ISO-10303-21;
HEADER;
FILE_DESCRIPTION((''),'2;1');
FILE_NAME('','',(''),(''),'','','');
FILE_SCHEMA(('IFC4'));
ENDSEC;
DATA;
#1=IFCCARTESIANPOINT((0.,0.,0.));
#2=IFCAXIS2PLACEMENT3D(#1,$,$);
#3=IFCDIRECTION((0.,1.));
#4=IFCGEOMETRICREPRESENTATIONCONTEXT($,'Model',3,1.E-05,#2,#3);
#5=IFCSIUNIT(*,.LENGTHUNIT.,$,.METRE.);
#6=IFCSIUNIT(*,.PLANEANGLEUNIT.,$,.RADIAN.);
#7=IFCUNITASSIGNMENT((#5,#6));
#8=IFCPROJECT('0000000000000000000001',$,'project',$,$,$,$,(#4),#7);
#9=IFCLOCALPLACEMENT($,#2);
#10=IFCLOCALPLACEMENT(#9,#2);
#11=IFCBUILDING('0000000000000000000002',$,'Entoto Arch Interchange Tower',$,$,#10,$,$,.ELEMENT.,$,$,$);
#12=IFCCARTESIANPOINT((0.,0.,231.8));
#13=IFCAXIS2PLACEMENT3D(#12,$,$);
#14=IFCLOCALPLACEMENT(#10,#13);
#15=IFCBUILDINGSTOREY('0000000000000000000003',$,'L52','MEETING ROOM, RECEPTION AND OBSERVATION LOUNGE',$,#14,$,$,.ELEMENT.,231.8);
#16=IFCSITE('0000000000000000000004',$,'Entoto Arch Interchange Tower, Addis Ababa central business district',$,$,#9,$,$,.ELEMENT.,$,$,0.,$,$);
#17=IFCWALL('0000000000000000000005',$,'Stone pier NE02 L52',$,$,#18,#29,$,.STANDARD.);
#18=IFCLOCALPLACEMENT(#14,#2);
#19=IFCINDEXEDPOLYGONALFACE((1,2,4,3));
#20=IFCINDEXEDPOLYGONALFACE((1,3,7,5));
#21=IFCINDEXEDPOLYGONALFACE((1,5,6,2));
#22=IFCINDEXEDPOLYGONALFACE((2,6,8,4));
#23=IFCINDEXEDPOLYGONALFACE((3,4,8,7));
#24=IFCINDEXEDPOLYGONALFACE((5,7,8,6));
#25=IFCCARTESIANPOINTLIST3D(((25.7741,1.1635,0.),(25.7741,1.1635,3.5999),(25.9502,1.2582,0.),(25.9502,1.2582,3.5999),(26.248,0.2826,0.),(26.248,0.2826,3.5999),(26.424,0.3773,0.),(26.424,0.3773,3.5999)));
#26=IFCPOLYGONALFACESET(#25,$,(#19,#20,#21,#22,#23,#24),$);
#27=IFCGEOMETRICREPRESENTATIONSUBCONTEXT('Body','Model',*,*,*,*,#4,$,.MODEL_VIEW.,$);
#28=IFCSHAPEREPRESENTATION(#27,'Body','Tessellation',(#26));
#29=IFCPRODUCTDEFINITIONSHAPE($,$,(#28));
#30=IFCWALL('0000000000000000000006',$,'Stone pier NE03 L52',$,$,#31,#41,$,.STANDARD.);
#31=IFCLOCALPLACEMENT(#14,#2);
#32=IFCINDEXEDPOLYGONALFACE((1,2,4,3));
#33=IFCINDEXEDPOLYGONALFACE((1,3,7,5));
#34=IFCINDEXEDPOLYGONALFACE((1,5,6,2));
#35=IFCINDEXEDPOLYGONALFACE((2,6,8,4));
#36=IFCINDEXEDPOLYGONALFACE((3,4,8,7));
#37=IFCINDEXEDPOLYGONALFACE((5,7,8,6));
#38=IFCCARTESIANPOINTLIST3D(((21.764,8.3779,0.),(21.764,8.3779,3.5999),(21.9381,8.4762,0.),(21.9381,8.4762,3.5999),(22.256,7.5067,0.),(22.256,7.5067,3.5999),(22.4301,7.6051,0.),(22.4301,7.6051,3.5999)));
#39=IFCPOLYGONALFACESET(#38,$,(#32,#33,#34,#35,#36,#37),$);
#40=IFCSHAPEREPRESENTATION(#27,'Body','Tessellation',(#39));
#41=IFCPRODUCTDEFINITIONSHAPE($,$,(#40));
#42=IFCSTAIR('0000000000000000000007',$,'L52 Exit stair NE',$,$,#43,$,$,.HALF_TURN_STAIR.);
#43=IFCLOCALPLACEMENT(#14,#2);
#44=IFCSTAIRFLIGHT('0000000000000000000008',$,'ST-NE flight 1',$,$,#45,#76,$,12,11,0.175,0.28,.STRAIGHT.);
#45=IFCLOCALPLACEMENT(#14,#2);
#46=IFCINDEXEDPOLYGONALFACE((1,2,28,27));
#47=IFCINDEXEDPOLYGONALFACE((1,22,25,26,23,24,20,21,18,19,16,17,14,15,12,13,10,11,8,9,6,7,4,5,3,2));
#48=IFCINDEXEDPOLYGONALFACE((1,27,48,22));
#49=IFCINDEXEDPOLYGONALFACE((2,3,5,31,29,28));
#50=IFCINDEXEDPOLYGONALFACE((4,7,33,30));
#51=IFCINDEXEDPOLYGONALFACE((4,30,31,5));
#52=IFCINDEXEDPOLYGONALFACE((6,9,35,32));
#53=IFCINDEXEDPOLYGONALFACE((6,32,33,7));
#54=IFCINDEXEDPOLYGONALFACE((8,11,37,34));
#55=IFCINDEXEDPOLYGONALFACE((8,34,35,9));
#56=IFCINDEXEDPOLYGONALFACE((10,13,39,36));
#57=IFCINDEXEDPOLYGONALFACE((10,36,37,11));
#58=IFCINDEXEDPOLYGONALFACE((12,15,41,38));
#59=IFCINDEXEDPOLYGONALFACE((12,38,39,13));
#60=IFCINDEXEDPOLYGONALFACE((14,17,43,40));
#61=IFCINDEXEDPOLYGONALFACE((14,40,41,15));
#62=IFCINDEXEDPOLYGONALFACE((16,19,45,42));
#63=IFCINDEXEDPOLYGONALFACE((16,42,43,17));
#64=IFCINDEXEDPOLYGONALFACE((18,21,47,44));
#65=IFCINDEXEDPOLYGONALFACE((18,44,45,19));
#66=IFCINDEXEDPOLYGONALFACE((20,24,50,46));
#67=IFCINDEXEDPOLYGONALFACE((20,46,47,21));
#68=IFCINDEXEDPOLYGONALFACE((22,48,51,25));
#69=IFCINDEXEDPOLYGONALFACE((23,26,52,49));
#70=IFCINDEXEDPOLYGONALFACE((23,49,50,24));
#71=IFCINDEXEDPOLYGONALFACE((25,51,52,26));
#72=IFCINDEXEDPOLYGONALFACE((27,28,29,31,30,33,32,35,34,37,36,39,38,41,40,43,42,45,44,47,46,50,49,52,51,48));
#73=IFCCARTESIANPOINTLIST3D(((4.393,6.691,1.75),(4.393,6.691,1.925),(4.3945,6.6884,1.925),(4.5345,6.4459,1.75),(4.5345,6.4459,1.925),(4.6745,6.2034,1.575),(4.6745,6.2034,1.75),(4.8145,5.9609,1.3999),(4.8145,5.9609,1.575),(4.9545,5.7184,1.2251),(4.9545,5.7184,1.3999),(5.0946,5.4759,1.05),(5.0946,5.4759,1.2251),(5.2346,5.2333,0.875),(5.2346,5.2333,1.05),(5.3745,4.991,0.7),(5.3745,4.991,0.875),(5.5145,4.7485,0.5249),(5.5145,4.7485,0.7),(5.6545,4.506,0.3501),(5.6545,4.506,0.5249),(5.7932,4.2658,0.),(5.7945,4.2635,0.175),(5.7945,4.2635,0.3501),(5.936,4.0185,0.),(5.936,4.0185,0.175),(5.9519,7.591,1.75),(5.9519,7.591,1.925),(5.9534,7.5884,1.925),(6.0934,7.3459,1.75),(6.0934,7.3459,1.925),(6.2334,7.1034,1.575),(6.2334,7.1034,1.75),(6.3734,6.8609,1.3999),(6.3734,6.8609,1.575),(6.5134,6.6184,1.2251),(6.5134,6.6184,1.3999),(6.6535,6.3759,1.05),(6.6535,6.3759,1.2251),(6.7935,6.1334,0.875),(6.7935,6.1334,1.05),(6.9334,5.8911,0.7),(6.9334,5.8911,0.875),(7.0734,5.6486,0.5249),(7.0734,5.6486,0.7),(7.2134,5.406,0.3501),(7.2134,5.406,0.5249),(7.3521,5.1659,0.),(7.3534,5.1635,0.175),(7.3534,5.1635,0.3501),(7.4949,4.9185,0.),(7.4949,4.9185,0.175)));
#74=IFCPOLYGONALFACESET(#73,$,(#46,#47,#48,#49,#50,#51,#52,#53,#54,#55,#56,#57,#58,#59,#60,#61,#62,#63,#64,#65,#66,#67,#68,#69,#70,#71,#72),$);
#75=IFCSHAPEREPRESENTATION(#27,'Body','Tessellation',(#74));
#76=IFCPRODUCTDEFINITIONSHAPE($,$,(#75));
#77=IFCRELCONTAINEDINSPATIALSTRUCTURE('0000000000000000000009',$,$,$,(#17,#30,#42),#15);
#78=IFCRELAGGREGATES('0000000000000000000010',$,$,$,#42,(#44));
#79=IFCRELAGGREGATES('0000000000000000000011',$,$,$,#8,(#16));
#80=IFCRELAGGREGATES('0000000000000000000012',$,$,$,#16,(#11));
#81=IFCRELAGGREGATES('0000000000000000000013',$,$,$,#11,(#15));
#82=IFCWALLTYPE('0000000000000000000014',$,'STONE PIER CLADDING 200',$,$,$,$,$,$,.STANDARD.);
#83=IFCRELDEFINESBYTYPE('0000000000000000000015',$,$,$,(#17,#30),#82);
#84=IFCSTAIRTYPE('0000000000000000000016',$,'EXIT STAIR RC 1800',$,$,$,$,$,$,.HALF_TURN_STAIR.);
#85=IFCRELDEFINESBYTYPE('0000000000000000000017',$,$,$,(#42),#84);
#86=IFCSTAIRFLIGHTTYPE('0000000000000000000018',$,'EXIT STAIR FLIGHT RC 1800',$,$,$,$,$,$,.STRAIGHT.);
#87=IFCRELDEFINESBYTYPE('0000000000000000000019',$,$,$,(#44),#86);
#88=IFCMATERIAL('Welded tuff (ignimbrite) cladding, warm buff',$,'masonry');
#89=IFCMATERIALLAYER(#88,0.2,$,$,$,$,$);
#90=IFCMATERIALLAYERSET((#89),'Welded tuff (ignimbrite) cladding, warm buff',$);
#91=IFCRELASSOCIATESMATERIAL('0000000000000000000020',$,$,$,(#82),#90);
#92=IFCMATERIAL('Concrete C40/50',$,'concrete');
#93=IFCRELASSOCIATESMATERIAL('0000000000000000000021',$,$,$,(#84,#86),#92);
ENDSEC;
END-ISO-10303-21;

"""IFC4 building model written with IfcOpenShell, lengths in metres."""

from ifc_helpers import new_model, si_unit, direction, frame, frame_2d, origin, place, context, subcontext, project, spatial, polyline, rectangle, outline, extrude, material, layer, layer_set, type_object, element, aggregate, save


model = new_model("IFC4")

# Units and contexts
model_context = context("Model", 3, precision=1e-05, world=origin(), true_north=direction((0.0, 1.0)))
body_context = subcontext(model_context, "Body", "Model", "MODEL_VIEW")
ifc_project = project(units=[si_unit("LENGTHUNIT", "METRE"), si_unit("PLANEANGLEUNIT", "RADIAN")], contexts=[model_context])

# Site, building, storey
site_placement = place(None, origin())
site = spatial("IfcSite", under=ifc_project, at=site_placement, Name="Entoto Arch Interchange Tower, Addis Ababa central business district", CompositionType="ELEMENT", RefElevation=0.0)
building_placement = place(site_placement, origin())
building = spatial("IfcBuilding", under=site, at=building_placement, Name="Entoto Arch Interchange Tower", CompositionType="ELEMENT")
storey_placement = place(building_placement, frame((0.0, 0.0, 231.8)))
storey = spatial("IfcBuildingStorey", under=building, at=storey_placement, Name="L52", Description="MEETING ROOM, RECEPTION AND OBSERVATION LOUNGE", CompositionType="ELEMENT", Elevation=231.8)

# Shared definitions
ifc_material_1 = material(Name="Concrete C40/50", Category="concrete")

# Shared definitions
ifc_material_2 = material(Name="Welded tuff (ignimbrite) cladding, warm buff", Category="masonry")

# Walls
ifc_layer_1 = layer(ifc_material_2, 0.2)
ifc_layer_set_1 = layer_set([ifc_layer_1], Name="Welded tuff (ignimbrite) cladding, warm buff")
wall_type_1 = type_object("IfcWallType", Name="STONE PIER CLADDING 200", PredefinedType="STANDARD", material=ifc_layer_set_1)
wall_1_placement = place(storey_placement, frame((26.3359, 0.3301, 0.0), z_axis=(0.0, 0.0, 1.0), x_axis=(-0.473765, 0.880651, 0.0)))
element("IfcWall", 1, at=wall_1_placement, inside=storey, type_object=wall_type_1, Name="Stone pier NE02 L52", PredefinedType="STANDARD", context=body_context, shape_type="SweptSolid", body=[
    extrude(rectangle(XDim=1.0002, YDim=0.2, at=frame_2d((0.5, 0.0))), origin(), (0.0, 0.0, 1.0), 3.5999),
])
wall_2_placement = place(storey_placement, frame((22.343, 7.5559, 0.0), z_axis=(0.0, 0.0, 1.0), x_axis=(-0.491744, 0.87074, 0.0)))
element("IfcWall", 2, at=wall_2_placement, inside=storey, type_object=wall_type_1, Name="Stone pier NE03 L52", PredefinedType="STANDARD", context=body_context, shape_type="SweptSolid", body=[
    extrude(rectangle(XDim=1.0005, YDim=0.2, at=frame_2d((0.5002, 0.0))), origin(), (0.0, 0.0, 1.0), 3.5999),
])

# Stair, stair flight
stair_type = type_object("IfcStairType", Name="EXIT STAIR RC 1800", PredefinedType="HALF_TURN_STAIR", material=ifc_material_1)
stair_placement = place(storey_placement, origin())
stair = element("IfcStair", 3, at=stair_placement, inside=storey, type_object=stair_type, Name="L52 Exit stair NE", PredefinedType="HALF_TURN_STAIR")
stair_flight_type = type_object("IfcStairFlightType", Name="EXIT STAIR FLIGHT RC 1800", PredefinedType="STRAIGHT", material=ifc_material_1)
stair_flight_placement = place(storey_placement, frame((6.7139, 4.4709, 0.0), z_axis=(0.0, 0.0, 1.0), x_axis=(-0.5, 0.866025, 0.0)))
stair_flight = element("IfcStairFlight", 4, at=stair_flight_placement, type_object=stair_flight_type, Name="ST-NE flight 1", NumberOfRisers=12, NumberOfTreads=11, PredefinedType="STRAIGHT", RiserHeight=0.175, TreadLength=0.28, context=body_context, shape_type="SweptSolid", body=[
    extrude(outline(polyline([(-0.0029, 0.0), (-0.0029, 0.175), (0.28, 0.175), (0.28, 0.3501), (0.5601, 0.3501), (0.5601, 0.5249), (0.8401, 0.5249), (0.8401, 0.7), (1.1201, 0.7), (1.1201, 0.875), (1.3999, 0.875), (1.3999, 1.05), (1.6799, 1.05), (1.6799, 1.2251), (1.96, 1.2251), (1.96, 1.3999), (2.24, 1.3999), (2.24, 1.575), (2.52, 1.575), (2.52, 1.75), (2.8, 1.75), (2.8, 1.925), (3.0801, 1.925), (3.083, 1.925), (3.083, 1.75), (0.2827, 0.0), (-0.0029, 0.0)])), frame((0.0, 0.8999, 0.0), z_axis=(0.0, -1.0, 0.0), x_axis=(1.0, 0.0, 0.0)), (0.0, 0.0, 1.0), 1.8),
])
aggregate(stair, [stair_flight])

save(model, "model.ifc")
